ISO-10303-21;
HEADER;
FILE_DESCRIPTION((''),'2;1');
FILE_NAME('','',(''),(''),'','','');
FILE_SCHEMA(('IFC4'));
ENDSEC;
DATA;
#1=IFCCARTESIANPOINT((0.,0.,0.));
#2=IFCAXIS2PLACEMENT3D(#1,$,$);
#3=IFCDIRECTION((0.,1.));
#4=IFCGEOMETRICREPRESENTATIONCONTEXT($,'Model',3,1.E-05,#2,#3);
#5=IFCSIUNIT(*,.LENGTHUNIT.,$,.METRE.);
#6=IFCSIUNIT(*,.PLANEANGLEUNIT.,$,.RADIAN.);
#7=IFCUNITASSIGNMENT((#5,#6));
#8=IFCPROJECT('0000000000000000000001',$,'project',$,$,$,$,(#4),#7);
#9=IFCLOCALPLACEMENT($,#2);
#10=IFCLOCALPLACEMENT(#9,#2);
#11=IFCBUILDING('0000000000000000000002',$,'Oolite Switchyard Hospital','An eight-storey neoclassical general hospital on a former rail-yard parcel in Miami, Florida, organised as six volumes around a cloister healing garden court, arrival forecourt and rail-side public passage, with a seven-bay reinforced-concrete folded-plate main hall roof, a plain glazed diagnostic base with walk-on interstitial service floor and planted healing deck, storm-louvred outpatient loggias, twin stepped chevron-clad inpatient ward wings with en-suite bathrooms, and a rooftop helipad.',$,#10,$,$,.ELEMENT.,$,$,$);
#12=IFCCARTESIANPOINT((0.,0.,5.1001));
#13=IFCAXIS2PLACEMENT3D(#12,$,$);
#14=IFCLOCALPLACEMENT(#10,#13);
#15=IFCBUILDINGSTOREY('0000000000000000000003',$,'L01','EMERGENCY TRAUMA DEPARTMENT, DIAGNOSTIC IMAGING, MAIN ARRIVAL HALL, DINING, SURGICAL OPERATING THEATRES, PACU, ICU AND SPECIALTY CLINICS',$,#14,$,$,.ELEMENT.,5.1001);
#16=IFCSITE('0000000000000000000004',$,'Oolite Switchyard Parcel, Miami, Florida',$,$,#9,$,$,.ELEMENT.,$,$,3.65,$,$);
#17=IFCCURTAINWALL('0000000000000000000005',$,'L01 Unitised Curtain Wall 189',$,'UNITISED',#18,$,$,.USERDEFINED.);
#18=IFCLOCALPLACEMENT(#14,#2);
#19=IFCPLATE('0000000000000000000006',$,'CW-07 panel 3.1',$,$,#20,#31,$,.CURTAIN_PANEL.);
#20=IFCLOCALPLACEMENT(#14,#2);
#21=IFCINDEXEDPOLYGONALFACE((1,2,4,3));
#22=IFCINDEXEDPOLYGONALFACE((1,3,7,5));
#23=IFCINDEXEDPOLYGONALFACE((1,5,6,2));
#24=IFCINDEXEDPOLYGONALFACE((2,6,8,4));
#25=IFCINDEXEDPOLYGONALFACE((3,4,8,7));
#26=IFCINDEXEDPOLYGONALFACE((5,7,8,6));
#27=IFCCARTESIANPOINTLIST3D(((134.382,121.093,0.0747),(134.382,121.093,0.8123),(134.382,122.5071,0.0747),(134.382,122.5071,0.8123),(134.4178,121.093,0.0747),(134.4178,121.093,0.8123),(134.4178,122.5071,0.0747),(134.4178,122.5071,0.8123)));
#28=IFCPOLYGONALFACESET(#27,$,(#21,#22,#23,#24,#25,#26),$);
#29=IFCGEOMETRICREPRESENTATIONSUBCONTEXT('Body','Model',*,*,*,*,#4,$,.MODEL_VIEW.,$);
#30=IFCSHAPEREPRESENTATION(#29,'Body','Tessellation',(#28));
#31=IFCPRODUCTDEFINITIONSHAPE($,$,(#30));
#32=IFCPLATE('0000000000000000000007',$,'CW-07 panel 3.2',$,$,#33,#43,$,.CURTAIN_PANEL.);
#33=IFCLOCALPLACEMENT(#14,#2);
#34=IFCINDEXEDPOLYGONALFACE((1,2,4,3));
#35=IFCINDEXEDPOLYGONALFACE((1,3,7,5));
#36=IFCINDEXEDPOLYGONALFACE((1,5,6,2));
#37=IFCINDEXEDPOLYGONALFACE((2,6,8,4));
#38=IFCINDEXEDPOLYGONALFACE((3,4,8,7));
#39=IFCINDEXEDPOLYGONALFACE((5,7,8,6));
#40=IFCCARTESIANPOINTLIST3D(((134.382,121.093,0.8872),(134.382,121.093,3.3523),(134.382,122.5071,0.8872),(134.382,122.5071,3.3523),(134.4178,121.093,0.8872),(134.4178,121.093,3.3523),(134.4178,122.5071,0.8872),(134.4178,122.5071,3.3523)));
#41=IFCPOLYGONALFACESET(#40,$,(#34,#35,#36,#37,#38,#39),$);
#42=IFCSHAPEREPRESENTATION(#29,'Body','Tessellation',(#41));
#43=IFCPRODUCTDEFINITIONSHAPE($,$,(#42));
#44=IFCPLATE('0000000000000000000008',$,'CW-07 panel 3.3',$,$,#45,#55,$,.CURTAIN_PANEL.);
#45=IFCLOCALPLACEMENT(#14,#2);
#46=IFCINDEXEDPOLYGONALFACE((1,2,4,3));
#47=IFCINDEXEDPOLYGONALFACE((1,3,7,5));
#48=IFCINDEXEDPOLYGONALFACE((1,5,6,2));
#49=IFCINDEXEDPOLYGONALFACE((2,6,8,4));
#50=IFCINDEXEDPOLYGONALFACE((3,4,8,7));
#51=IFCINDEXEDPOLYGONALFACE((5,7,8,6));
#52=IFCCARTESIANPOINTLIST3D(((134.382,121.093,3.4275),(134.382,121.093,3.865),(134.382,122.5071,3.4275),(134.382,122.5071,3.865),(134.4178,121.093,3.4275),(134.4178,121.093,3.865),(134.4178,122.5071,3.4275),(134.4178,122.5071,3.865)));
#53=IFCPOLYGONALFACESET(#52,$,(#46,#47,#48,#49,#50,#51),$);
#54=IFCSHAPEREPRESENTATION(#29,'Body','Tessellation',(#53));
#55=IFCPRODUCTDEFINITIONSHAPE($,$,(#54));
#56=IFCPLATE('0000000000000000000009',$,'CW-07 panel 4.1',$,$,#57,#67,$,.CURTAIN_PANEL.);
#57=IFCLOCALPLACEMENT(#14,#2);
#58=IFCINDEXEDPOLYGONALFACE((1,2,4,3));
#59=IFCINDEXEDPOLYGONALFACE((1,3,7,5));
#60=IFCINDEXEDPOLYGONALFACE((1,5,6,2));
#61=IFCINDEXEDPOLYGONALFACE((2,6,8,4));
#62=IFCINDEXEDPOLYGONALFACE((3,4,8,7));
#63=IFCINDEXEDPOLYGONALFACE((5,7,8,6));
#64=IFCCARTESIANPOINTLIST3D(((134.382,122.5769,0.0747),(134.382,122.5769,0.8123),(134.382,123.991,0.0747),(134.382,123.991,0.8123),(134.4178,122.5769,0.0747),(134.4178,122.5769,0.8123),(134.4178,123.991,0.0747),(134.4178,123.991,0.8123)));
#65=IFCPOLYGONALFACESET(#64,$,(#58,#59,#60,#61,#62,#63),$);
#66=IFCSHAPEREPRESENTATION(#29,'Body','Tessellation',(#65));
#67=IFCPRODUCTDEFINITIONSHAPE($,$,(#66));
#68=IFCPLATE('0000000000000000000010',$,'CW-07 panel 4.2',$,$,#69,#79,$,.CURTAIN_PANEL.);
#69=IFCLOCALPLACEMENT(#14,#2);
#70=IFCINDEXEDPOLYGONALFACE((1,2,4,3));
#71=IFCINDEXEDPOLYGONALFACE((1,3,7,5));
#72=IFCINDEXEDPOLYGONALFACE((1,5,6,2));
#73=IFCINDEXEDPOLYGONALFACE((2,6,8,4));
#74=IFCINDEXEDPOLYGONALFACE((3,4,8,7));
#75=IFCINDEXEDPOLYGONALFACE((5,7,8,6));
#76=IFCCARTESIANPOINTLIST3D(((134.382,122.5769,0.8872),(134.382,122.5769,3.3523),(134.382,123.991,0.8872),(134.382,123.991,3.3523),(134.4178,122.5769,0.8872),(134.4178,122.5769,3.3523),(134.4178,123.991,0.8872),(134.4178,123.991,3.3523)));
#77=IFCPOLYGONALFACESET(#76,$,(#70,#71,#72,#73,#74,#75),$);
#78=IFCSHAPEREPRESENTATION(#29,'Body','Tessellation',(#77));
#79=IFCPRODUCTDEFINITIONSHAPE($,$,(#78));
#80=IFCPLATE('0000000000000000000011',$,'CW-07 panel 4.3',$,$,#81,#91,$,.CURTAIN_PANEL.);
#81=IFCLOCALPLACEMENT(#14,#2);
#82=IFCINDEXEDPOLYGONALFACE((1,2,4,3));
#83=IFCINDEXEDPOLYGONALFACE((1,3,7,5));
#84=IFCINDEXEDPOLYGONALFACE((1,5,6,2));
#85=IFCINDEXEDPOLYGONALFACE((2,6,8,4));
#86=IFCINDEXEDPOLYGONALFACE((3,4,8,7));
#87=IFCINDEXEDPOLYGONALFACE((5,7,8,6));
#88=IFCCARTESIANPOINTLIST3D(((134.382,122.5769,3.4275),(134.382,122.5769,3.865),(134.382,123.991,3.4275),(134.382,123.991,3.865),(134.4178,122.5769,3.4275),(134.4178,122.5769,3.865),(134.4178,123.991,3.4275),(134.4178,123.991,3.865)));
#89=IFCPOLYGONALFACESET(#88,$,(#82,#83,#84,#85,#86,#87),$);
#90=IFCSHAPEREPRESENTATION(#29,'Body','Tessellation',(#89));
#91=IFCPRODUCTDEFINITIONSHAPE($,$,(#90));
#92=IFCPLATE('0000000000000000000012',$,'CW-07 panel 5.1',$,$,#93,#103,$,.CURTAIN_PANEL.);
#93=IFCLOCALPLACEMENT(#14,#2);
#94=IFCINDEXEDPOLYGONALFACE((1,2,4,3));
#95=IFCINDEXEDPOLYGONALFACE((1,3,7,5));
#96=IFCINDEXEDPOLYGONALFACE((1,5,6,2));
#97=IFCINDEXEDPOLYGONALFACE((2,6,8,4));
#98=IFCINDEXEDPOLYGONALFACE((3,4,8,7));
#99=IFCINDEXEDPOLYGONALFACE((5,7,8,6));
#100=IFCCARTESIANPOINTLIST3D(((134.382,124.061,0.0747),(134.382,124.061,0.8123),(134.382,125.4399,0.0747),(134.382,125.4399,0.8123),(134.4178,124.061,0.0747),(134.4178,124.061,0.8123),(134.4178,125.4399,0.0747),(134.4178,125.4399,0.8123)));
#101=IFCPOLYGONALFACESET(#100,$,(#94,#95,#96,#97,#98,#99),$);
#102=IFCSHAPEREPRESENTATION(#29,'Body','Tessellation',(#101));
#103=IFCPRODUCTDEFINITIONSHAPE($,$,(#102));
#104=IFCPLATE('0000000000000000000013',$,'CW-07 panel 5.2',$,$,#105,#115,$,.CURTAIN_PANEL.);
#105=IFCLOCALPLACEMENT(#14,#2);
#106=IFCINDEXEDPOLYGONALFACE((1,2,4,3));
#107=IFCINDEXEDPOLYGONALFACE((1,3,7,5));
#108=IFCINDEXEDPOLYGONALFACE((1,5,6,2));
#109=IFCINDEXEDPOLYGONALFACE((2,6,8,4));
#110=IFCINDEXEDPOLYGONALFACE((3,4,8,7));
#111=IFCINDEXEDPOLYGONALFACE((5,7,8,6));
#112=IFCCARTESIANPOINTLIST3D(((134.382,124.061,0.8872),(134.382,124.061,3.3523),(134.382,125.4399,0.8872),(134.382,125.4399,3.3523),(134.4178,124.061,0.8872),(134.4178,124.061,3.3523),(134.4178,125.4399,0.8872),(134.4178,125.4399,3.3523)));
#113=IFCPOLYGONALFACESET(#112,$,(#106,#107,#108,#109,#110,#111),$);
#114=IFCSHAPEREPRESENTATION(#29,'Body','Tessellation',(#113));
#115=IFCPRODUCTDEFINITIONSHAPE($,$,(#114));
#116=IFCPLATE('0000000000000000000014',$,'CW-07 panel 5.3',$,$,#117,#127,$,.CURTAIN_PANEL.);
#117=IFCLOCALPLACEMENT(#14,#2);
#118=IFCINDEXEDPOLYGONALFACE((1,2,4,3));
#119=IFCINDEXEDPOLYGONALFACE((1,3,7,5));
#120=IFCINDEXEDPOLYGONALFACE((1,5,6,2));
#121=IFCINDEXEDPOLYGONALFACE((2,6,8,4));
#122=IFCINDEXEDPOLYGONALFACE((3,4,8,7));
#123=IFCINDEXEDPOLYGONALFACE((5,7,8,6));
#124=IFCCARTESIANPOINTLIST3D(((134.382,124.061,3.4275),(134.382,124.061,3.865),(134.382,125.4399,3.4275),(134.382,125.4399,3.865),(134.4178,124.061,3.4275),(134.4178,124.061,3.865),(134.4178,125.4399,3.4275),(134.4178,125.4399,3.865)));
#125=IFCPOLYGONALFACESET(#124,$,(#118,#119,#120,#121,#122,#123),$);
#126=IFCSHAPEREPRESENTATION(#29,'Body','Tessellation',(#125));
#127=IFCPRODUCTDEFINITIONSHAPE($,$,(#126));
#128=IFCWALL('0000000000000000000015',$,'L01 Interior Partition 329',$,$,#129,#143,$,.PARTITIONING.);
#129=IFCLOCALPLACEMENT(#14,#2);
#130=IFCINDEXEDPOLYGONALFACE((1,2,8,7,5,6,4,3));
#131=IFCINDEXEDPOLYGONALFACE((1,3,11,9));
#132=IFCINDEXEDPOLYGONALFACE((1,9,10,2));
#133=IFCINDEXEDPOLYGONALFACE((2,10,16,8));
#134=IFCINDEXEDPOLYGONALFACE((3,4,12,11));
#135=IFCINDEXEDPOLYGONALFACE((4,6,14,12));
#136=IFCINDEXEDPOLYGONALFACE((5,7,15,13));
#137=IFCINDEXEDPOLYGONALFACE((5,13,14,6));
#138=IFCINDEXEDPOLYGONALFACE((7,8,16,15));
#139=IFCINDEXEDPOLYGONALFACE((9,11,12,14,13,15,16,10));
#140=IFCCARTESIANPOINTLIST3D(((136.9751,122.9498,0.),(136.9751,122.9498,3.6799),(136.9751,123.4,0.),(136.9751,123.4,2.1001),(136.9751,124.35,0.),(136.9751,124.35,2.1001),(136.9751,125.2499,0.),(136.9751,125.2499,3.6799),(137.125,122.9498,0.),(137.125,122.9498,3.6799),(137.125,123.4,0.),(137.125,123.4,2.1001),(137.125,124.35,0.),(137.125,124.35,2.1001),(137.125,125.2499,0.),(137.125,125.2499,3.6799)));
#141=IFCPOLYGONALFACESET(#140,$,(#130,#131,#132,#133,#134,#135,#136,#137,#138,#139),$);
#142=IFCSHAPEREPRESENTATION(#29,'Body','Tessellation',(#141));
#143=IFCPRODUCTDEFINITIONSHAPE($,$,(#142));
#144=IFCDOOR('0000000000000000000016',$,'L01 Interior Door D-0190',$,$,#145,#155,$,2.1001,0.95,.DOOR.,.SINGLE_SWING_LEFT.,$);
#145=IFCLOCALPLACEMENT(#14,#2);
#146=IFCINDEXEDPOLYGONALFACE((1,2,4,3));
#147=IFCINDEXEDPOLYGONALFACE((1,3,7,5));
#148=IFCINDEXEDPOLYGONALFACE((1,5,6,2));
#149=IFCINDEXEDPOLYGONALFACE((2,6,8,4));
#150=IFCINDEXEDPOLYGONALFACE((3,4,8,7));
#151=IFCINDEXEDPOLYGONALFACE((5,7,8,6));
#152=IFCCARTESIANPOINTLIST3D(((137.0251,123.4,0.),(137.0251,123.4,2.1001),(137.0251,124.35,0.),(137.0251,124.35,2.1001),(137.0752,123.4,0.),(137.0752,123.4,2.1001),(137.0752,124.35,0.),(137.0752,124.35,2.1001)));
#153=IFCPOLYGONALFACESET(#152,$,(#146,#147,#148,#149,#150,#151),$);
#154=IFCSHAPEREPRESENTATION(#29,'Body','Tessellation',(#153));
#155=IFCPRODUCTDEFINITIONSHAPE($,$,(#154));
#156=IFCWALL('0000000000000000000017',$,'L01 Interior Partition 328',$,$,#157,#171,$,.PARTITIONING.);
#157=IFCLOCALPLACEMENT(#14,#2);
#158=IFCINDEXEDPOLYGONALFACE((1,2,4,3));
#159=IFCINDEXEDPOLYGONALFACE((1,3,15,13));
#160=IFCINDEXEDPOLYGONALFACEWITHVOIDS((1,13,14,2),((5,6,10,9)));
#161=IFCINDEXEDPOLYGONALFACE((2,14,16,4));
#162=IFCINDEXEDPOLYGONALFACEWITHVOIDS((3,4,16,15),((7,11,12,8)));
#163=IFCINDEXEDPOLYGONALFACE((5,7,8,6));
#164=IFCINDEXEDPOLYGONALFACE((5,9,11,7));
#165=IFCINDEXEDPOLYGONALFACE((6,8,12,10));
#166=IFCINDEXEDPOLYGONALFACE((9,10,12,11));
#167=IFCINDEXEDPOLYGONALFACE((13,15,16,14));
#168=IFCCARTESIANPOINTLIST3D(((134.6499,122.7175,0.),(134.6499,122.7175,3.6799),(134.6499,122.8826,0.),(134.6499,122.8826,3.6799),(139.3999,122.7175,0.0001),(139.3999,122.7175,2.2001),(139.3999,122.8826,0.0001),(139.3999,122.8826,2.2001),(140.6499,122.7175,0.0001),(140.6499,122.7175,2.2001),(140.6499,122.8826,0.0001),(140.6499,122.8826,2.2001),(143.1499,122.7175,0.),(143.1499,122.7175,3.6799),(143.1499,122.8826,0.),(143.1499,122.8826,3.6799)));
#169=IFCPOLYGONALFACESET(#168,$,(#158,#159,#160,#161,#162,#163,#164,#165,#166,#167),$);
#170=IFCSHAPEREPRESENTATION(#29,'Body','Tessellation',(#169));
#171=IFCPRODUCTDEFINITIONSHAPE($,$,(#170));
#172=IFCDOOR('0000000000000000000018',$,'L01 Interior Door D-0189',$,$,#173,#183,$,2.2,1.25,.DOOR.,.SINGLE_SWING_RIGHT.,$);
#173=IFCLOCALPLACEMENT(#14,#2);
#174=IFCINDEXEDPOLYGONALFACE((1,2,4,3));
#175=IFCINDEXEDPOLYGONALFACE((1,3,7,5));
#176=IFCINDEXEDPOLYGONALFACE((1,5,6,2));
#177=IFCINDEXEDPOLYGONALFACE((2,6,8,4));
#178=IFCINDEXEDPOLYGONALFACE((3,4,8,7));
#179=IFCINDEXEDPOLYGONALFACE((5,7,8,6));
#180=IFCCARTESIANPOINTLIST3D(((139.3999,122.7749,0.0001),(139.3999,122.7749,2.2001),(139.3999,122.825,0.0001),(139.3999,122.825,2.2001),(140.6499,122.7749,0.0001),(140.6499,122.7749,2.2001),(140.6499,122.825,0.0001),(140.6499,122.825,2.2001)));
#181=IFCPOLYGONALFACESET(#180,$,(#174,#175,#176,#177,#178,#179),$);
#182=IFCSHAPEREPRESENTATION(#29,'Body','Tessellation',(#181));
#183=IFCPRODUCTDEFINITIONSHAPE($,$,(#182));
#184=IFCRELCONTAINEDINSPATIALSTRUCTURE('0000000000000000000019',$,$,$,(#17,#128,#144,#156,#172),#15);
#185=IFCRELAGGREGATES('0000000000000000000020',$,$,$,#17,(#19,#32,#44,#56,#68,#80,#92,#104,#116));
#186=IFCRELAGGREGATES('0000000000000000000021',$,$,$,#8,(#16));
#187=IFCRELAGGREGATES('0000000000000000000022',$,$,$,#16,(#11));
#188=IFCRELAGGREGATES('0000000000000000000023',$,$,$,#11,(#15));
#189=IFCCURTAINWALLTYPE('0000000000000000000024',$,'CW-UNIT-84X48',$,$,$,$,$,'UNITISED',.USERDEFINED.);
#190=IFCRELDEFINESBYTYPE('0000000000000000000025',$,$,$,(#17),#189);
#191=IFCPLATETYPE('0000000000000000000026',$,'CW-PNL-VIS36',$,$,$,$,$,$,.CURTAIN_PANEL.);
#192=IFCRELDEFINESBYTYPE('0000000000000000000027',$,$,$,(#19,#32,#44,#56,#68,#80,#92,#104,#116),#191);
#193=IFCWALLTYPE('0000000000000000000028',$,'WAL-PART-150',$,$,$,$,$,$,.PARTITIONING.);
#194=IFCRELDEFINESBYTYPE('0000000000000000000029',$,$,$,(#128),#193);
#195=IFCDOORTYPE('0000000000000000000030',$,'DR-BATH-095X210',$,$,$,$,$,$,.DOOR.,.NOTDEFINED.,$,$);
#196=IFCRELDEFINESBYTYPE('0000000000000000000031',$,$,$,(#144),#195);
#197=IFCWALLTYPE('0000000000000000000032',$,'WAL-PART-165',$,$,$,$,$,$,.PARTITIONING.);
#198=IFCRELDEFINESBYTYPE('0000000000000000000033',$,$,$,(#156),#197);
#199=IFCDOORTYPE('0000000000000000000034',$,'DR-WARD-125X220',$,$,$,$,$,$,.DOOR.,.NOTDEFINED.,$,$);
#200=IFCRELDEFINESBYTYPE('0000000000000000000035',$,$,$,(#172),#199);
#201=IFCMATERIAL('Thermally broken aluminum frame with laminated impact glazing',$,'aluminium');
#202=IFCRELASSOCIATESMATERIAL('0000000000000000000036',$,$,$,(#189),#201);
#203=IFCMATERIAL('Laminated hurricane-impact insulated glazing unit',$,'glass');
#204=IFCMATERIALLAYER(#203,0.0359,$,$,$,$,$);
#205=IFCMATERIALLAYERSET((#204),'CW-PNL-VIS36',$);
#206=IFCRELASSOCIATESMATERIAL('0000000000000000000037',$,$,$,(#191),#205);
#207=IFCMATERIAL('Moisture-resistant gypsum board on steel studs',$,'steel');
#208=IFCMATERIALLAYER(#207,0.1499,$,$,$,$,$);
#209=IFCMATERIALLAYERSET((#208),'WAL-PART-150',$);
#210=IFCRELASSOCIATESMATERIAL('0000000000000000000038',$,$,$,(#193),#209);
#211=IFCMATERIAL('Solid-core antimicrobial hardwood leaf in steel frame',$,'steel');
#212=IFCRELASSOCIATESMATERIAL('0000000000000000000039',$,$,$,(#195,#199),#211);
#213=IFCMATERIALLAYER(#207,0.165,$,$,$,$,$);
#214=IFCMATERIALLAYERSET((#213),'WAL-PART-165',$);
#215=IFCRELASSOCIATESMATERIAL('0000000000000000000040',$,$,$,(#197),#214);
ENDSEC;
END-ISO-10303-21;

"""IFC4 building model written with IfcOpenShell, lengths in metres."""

from ifc_helpers import new_model, si_unit, direction, frame, frame_2d, origin, origin_2d, place, context, subcontext, project, spatial, rectangle, extrude, material, layer, layer_set, type_object, element, fill, aggregate, save


model = new_model("IFC4")

# Units and contexts
model_context = context("Model", 3, precision=1e-05, world=origin(), true_north=direction((0.0, 1.0)))
body_context = subcontext(model_context, "Body", "Model", "MODEL_VIEW")
ifc_project = project(units=[si_unit("LENGTHUNIT", "METRE"), si_unit("PLANEANGLEUNIT", "RADIAN")], contexts=[model_context])

# Site, building, storey
site_placement = place(None, origin())
site = spatial("IfcSite", under=ifc_project, at=site_placement, Name="Oolite Switchyard Parcel, Miami, Florida", CompositionType="ELEMENT", RefElevation=3.65)
building_placement = place(site_placement, origin())
building = spatial("IfcBuilding", under=site, at=building_placement, Name="Oolite Switchyard Hospital", Description="An eight-storey neoclassical general hospital on a former rail-yard parcel in Miami, Florida, organised as six volumes around a cloister healing garden court, arrival forecourt and rail-side public passage, with a seven-bay reinforced-concrete folded-plate main hall roof, a plain glazed diagnostic base with walk-on interstitial service floor and planted healing deck, storm-louvred outpatient loggias, twin stepped chevron-clad inpatient ward wings with en-suite bathrooms, and a rooftop helipad.", CompositionType="ELEMENT")
storey_placement = place(building_placement, frame((0.0, 0.0, 5.1001)))
storey = spatial("IfcBuildingStorey", under=building, at=storey_placement, Name="L01", Description="EMERGENCY TRAUMA DEPARTMENT, DIAGNOSTIC IMAGING, MAIN ARRIVAL HALL, DINING, SURGICAL OPERATING THEATRES, PACU, ICU AND SPECIALTY CLINICS", CompositionType="ELEMENT", Elevation=5.1001)

# Curtain wall, plates
ifc_material_1 = material(Name="Thermally broken aluminum frame with laminated impact glazing", Category="aluminium")
curtain_wall_type = type_object("IfcCurtainWallType", Name="CW-UNIT-84X48", ElementType="UNITISED", PredefinedType="USERDEFINED", material=ifc_material_1)
curtain_wall_placement = place(storey_placement, origin())
curtain_wall = element("IfcCurtainWall", 1, at=curtain_wall_placement, inside=storey, type_object=curtain_wall_type, Name="L01 Unitised Curtain Wall 189", ObjectType="UNITISED", PredefinedType="USERDEFINED")
ifc_material_2 = material(Name="Laminated hurricane-impact insulated glazing unit", Category="glass")
ifc_layer_1 = layer(ifc_material_2, 0.0359)
ifc_layer_set_1 = layer_set([ifc_layer_1], Name="CW-PNL-VIS36")
plate_type = type_object("IfcPlateType", Name="CW-PNL-VIS36", PredefinedType="CURTAIN_PANEL", material=ifc_layer_set_1)
plate_1_placement = place(storey_placement, frame((134.3999, 121.8, 0.0747), z_axis=(0.0, 0.0, 1.0), x_axis=(0.0, 1.0, 0.0)))
plate_1 = element("IfcPlate", 2, at=plate_1_placement, type_object=plate_type, Name="CW-07 panel 3.1", PredefinedType="CURTAIN_PANEL", context=body_context, shape_type="SweptSolid", body=[
    extrude(rectangle(XDim=1.4141, YDim=0.0359, at=origin_2d()), origin(), (0.0, 0.0, 1.0), 0.7375),
])
plate_2_placement = place(storey_placement, frame((134.3999, 121.8, 0.8872), z_axis=(0.0, 0.0, 1.0), x_axis=(0.0, 1.0, 0.0)))
plate_2 = element("IfcPlate", 3, at=plate_2_placement, type_object=plate_type, Name="CW-07 panel 3.2", PredefinedType="CURTAIN_PANEL", context=body_context, shape_type="SweptSolid", body=[
    extrude(rectangle(XDim=1.4141, YDim=0.0359, at=origin_2d()), origin(), (0.0, 0.0, 1.0), 2.4651),
])
plate_3_placement = place(storey_placement, frame((134.3999, 121.8, 3.4275), z_axis=(0.0, 0.0, 1.0), x_axis=(0.0, 1.0, 0.0)))
plate_3 = element("IfcPlate", 4, at=plate_3_placement, type_object=plate_type, Name="CW-07 panel 3.3", PredefinedType="CURTAIN_PANEL", context=body_context, shape_type="SweptSolid", body=[
    extrude(rectangle(XDim=1.4141, YDim=0.0359, at=origin_2d()), origin(), (0.0, 0.0, 1.0), 0.4375),
])
plate_4_placement = place(storey_placement, frame((134.3999, 123.2839, 0.0747), z_axis=(0.0, 0.0, 1.0), x_axis=(0.0, 1.0, 0.0)))
plate_4 = element("IfcPlate", 5, at=plate_4_placement, type_object=plate_type, Name="CW-07 panel 4.1", PredefinedType="CURTAIN_PANEL", context=body_context, shape_type="SweptSolid", body=[
    extrude(rectangle(XDim=1.4141, YDim=0.0359, at=origin_2d()), origin(), (0.0, 0.0, 1.0), 0.7375),
])
plate_5_placement = place(storey_placement, frame((134.3999, 123.2839, 0.8872), z_axis=(0.0, 0.0, 1.0), x_axis=(0.0, 1.0, 0.0)))
plate_5 = element("IfcPlate", 6, at=plate_5_placement, type_object=plate_type, Name="CW-07 panel 4.2", PredefinedType="CURTAIN_PANEL", context=body_context, shape_type="SweptSolid", body=[
    extrude(rectangle(XDim=1.4141, YDim=0.0359, at=origin_2d()), origin(), (0.0, 0.0, 1.0), 2.4651),
])
plate_6_placement = place(storey_placement, frame((134.3999, 123.2839, 3.4275), z_axis=(0.0, 0.0, 1.0), x_axis=(0.0, 1.0, 0.0)))
plate_6 = element("IfcPlate", 7, at=plate_6_placement, type_object=plate_type, Name="CW-07 panel 4.3", PredefinedType="CURTAIN_PANEL", context=body_context, shape_type="SweptSolid", body=[
    extrude(rectangle(XDim=1.4141, YDim=0.0359, at=origin_2d()), origin(), (0.0, 0.0, 1.0), 0.4375),
])
plate_7_placement = place(storey_placement, frame((134.3999, 124.7505, 0.0747), z_axis=(0.0, 0.0, 1.0), x_axis=(0.0, 1.0, 0.0)))
plate_7 = element("IfcPlate", 8, at=plate_7_placement, type_object=plate_type, Name="CW-07 panel 5.1", PredefinedType="CURTAIN_PANEL", context=body_context, shape_type="SweptSolid", body=[
    extrude(rectangle(XDim=1.3789, YDim=0.0359, at=origin_2d()), origin(), (0.0, 0.0, 1.0), 0.7375),
])
plate_8_placement = place(storey_placement, frame((134.3999, 124.7505, 0.8872), z_axis=(0.0, 0.0, 1.0), x_axis=(0.0, 1.0, 0.0)))
plate_8 = element("IfcPlate", 9, at=plate_8_placement, type_object=plate_type, Name="CW-07 panel 5.2", PredefinedType="CURTAIN_PANEL", context=body_context, shape_type="SweptSolid", body=[
    extrude(rectangle(XDim=1.3789, YDim=0.0359, at=origin_2d()), origin(), (0.0, 0.0, 1.0), 2.4651),
])
plate_9_placement = place(storey_placement, frame((134.3999, 124.7505, 3.4275), z_axis=(0.0, 0.0, 1.0), x_axis=(0.0, 1.0, 0.0)))
plate_9 = element("IfcPlate", 10, at=plate_9_placement, type_object=plate_type, Name="CW-07 panel 5.3", PredefinedType="CURTAIN_PANEL", context=body_context, shape_type="SweptSolid", body=[
    extrude(rectangle(XDim=1.3789, YDim=0.0359, at=origin_2d()), origin(), (0.0, 0.0, 1.0), 0.4375),
])
aggregate(curtain_wall, [plate_1, plate_2, plate_3, plate_4, plate_5, plate_6, plate_7, plate_8, plate_9])

# Walls, openings, doors
ifc_material_3 = material(Name="Moisture-resistant gypsum board on steel studs", Category="steel")
ifc_layer_2 = layer(ifc_material_3, 0.1499)
ifc_layer_set_2 = layer_set([ifc_layer_2], Name="WAL-PART-150")
wall_type_1 = type_object("IfcWallType", Name="WAL-PART-150", PredefinedType="PARTITIONING", material=ifc_layer_set_2)
wall_1_placement = place(storey_placement, frame((137.05, 122.95, 0.0), z_axis=(0.0, 0.0, 1.0), x_axis=(0.0, 1.0, 0.0)))
wall_1 = element("IfcWall", 11, at=wall_1_placement, inside=storey, type_object=wall_type_1, Name="L01 Interior Partition 329", PredefinedType="PARTITIONING", context=body_context, shape_type="SweptSolid", body=[
    extrude(rectangle(XDim=2.3, YDim=0.1499, at=frame_2d((1.1499, 0.0))), origin(), (0.0, 0.0, 1.0), 3.6799),
])
opening_1_placement = place(wall_1_placement, frame((0.45, 0.0, 0.0)))
opening_1 = element("IfcOpeningElement", 12, at=opening_1_placement, cuts=wall_1, PredefinedType="OPENING", context=body_context, shape_type="SweptSolid", body=[
    extrude(rectangle(XDim=0.95, YDim=2.1001, at=frame_2d((0.4751, 1.05))), frame((0.0, 0.085, 0.0), z_axis=(0.0, -1.0, 0.0), x_axis=(1.0, 0.0, 0.0)), (0.0, 0.0, 1.0), 0.1699),
])
ifc_material_4 = material(Name="Solid-core antimicrobial hardwood leaf in steel frame", Category="steel")
door_type_1 = type_object("IfcDoorType", Name="DR-BATH-095X210", OperationType="NOTDEFINED", PredefinedType="DOOR", material=ifc_material_4)
door_1_placement = place(opening_1_placement, origin())
door_1 = element("IfcDoor", 13, at=door_1_placement, inside=storey, type_object=door_type_1, Name="L01 Interior Door D-0190", OperationType="SINGLE_SWING_LEFT", OverallHeight=2.1001, OverallWidth=0.95, PredefinedType="DOOR", context=body_context, shape_type="SweptSolid", body=[
    extrude(rectangle(XDim=0.95, YDim=2.1001, at=frame_2d((0.4751, 1.05))), frame((0.0, 0.0249, 0.0), z_axis=(0.0, -1.0, 0.0), x_axis=(1.0, 0.0, 0.0)), (0.0, 0.0, 1.0), 0.05),
])
fill(opening_1, door_1)
ifc_layer_3 = layer(ifc_material_3, 0.165)
ifc_layer_set_3 = layer_set([ifc_layer_3], Name="WAL-PART-165")
wall_type_2 = type_object("IfcWallType", Name="WAL-PART-165", PredefinedType="PARTITIONING", material=ifc_layer_set_3)
wall_2_placement = place(storey_placement, frame((134.6499, 122.8, 0.0), z_axis=(0.0, 0.0, 1.0), x_axis=(1.0, 0.0, 0.0)))
wall_2 = element("IfcWall", 14, at=wall_2_placement, inside=storey, type_object=wall_type_2, Name="L01 Interior Partition 328", PredefinedType="PARTITIONING", context=body_context, shape_type="SweptSolid", body=[
    extrude(rectangle(XDim=8.5, YDim=0.165, at=frame_2d((4.25, 0.0))), origin(), (0.0, 0.0, 1.0), 3.6799),
])
opening_2_placement = place(wall_2_placement, frame((4.75, 0.0, 0.0)))
opening_2 = element("IfcOpeningElement", 15, at=opening_2_placement, cuts=wall_2, PredefinedType="OPENING", context=body_context, shape_type="SweptSolid", body=[
    extrude(rectangle(XDim=1.25, YDim=2.2, at=frame_2d((0.625, 1.1001))), frame((0.0, 0.0925, 0.0), z_axis=(0.0, -1.0, 0.0), x_axis=(1.0, 0.0, 0.0)), (0.0, 0.0, 1.0), 0.1851),
])
door_type_2 = type_object("IfcDoorType", Name="DR-WARD-125X220", OperationType="NOTDEFINED", PredefinedType="DOOR", material=ifc_material_4)
door_2_placement = place(opening_2_placement, origin())
door_2 = element("IfcDoor", 16, at=door_2_placement, inside=storey, type_object=door_type_2, Name="L01 Interior Door D-0189", OperationType="SINGLE_SWING_RIGHT", OverallHeight=2.2, OverallWidth=1.25, PredefinedType="DOOR", context=body_context, shape_type="SweptSolid", body=[
    extrude(rectangle(XDim=1.25, YDim=2.2, at=frame_2d((0.625, 1.1001))), frame((0.0, 0.0249, 0.0), z_axis=(0.0, -1.0, 0.0), x_axis=(1.0, 0.0, 0.0)), (0.0, 0.0, 1.0), 0.05),
])
fill(opening_2, door_2)

save(model, "model.ifc")
